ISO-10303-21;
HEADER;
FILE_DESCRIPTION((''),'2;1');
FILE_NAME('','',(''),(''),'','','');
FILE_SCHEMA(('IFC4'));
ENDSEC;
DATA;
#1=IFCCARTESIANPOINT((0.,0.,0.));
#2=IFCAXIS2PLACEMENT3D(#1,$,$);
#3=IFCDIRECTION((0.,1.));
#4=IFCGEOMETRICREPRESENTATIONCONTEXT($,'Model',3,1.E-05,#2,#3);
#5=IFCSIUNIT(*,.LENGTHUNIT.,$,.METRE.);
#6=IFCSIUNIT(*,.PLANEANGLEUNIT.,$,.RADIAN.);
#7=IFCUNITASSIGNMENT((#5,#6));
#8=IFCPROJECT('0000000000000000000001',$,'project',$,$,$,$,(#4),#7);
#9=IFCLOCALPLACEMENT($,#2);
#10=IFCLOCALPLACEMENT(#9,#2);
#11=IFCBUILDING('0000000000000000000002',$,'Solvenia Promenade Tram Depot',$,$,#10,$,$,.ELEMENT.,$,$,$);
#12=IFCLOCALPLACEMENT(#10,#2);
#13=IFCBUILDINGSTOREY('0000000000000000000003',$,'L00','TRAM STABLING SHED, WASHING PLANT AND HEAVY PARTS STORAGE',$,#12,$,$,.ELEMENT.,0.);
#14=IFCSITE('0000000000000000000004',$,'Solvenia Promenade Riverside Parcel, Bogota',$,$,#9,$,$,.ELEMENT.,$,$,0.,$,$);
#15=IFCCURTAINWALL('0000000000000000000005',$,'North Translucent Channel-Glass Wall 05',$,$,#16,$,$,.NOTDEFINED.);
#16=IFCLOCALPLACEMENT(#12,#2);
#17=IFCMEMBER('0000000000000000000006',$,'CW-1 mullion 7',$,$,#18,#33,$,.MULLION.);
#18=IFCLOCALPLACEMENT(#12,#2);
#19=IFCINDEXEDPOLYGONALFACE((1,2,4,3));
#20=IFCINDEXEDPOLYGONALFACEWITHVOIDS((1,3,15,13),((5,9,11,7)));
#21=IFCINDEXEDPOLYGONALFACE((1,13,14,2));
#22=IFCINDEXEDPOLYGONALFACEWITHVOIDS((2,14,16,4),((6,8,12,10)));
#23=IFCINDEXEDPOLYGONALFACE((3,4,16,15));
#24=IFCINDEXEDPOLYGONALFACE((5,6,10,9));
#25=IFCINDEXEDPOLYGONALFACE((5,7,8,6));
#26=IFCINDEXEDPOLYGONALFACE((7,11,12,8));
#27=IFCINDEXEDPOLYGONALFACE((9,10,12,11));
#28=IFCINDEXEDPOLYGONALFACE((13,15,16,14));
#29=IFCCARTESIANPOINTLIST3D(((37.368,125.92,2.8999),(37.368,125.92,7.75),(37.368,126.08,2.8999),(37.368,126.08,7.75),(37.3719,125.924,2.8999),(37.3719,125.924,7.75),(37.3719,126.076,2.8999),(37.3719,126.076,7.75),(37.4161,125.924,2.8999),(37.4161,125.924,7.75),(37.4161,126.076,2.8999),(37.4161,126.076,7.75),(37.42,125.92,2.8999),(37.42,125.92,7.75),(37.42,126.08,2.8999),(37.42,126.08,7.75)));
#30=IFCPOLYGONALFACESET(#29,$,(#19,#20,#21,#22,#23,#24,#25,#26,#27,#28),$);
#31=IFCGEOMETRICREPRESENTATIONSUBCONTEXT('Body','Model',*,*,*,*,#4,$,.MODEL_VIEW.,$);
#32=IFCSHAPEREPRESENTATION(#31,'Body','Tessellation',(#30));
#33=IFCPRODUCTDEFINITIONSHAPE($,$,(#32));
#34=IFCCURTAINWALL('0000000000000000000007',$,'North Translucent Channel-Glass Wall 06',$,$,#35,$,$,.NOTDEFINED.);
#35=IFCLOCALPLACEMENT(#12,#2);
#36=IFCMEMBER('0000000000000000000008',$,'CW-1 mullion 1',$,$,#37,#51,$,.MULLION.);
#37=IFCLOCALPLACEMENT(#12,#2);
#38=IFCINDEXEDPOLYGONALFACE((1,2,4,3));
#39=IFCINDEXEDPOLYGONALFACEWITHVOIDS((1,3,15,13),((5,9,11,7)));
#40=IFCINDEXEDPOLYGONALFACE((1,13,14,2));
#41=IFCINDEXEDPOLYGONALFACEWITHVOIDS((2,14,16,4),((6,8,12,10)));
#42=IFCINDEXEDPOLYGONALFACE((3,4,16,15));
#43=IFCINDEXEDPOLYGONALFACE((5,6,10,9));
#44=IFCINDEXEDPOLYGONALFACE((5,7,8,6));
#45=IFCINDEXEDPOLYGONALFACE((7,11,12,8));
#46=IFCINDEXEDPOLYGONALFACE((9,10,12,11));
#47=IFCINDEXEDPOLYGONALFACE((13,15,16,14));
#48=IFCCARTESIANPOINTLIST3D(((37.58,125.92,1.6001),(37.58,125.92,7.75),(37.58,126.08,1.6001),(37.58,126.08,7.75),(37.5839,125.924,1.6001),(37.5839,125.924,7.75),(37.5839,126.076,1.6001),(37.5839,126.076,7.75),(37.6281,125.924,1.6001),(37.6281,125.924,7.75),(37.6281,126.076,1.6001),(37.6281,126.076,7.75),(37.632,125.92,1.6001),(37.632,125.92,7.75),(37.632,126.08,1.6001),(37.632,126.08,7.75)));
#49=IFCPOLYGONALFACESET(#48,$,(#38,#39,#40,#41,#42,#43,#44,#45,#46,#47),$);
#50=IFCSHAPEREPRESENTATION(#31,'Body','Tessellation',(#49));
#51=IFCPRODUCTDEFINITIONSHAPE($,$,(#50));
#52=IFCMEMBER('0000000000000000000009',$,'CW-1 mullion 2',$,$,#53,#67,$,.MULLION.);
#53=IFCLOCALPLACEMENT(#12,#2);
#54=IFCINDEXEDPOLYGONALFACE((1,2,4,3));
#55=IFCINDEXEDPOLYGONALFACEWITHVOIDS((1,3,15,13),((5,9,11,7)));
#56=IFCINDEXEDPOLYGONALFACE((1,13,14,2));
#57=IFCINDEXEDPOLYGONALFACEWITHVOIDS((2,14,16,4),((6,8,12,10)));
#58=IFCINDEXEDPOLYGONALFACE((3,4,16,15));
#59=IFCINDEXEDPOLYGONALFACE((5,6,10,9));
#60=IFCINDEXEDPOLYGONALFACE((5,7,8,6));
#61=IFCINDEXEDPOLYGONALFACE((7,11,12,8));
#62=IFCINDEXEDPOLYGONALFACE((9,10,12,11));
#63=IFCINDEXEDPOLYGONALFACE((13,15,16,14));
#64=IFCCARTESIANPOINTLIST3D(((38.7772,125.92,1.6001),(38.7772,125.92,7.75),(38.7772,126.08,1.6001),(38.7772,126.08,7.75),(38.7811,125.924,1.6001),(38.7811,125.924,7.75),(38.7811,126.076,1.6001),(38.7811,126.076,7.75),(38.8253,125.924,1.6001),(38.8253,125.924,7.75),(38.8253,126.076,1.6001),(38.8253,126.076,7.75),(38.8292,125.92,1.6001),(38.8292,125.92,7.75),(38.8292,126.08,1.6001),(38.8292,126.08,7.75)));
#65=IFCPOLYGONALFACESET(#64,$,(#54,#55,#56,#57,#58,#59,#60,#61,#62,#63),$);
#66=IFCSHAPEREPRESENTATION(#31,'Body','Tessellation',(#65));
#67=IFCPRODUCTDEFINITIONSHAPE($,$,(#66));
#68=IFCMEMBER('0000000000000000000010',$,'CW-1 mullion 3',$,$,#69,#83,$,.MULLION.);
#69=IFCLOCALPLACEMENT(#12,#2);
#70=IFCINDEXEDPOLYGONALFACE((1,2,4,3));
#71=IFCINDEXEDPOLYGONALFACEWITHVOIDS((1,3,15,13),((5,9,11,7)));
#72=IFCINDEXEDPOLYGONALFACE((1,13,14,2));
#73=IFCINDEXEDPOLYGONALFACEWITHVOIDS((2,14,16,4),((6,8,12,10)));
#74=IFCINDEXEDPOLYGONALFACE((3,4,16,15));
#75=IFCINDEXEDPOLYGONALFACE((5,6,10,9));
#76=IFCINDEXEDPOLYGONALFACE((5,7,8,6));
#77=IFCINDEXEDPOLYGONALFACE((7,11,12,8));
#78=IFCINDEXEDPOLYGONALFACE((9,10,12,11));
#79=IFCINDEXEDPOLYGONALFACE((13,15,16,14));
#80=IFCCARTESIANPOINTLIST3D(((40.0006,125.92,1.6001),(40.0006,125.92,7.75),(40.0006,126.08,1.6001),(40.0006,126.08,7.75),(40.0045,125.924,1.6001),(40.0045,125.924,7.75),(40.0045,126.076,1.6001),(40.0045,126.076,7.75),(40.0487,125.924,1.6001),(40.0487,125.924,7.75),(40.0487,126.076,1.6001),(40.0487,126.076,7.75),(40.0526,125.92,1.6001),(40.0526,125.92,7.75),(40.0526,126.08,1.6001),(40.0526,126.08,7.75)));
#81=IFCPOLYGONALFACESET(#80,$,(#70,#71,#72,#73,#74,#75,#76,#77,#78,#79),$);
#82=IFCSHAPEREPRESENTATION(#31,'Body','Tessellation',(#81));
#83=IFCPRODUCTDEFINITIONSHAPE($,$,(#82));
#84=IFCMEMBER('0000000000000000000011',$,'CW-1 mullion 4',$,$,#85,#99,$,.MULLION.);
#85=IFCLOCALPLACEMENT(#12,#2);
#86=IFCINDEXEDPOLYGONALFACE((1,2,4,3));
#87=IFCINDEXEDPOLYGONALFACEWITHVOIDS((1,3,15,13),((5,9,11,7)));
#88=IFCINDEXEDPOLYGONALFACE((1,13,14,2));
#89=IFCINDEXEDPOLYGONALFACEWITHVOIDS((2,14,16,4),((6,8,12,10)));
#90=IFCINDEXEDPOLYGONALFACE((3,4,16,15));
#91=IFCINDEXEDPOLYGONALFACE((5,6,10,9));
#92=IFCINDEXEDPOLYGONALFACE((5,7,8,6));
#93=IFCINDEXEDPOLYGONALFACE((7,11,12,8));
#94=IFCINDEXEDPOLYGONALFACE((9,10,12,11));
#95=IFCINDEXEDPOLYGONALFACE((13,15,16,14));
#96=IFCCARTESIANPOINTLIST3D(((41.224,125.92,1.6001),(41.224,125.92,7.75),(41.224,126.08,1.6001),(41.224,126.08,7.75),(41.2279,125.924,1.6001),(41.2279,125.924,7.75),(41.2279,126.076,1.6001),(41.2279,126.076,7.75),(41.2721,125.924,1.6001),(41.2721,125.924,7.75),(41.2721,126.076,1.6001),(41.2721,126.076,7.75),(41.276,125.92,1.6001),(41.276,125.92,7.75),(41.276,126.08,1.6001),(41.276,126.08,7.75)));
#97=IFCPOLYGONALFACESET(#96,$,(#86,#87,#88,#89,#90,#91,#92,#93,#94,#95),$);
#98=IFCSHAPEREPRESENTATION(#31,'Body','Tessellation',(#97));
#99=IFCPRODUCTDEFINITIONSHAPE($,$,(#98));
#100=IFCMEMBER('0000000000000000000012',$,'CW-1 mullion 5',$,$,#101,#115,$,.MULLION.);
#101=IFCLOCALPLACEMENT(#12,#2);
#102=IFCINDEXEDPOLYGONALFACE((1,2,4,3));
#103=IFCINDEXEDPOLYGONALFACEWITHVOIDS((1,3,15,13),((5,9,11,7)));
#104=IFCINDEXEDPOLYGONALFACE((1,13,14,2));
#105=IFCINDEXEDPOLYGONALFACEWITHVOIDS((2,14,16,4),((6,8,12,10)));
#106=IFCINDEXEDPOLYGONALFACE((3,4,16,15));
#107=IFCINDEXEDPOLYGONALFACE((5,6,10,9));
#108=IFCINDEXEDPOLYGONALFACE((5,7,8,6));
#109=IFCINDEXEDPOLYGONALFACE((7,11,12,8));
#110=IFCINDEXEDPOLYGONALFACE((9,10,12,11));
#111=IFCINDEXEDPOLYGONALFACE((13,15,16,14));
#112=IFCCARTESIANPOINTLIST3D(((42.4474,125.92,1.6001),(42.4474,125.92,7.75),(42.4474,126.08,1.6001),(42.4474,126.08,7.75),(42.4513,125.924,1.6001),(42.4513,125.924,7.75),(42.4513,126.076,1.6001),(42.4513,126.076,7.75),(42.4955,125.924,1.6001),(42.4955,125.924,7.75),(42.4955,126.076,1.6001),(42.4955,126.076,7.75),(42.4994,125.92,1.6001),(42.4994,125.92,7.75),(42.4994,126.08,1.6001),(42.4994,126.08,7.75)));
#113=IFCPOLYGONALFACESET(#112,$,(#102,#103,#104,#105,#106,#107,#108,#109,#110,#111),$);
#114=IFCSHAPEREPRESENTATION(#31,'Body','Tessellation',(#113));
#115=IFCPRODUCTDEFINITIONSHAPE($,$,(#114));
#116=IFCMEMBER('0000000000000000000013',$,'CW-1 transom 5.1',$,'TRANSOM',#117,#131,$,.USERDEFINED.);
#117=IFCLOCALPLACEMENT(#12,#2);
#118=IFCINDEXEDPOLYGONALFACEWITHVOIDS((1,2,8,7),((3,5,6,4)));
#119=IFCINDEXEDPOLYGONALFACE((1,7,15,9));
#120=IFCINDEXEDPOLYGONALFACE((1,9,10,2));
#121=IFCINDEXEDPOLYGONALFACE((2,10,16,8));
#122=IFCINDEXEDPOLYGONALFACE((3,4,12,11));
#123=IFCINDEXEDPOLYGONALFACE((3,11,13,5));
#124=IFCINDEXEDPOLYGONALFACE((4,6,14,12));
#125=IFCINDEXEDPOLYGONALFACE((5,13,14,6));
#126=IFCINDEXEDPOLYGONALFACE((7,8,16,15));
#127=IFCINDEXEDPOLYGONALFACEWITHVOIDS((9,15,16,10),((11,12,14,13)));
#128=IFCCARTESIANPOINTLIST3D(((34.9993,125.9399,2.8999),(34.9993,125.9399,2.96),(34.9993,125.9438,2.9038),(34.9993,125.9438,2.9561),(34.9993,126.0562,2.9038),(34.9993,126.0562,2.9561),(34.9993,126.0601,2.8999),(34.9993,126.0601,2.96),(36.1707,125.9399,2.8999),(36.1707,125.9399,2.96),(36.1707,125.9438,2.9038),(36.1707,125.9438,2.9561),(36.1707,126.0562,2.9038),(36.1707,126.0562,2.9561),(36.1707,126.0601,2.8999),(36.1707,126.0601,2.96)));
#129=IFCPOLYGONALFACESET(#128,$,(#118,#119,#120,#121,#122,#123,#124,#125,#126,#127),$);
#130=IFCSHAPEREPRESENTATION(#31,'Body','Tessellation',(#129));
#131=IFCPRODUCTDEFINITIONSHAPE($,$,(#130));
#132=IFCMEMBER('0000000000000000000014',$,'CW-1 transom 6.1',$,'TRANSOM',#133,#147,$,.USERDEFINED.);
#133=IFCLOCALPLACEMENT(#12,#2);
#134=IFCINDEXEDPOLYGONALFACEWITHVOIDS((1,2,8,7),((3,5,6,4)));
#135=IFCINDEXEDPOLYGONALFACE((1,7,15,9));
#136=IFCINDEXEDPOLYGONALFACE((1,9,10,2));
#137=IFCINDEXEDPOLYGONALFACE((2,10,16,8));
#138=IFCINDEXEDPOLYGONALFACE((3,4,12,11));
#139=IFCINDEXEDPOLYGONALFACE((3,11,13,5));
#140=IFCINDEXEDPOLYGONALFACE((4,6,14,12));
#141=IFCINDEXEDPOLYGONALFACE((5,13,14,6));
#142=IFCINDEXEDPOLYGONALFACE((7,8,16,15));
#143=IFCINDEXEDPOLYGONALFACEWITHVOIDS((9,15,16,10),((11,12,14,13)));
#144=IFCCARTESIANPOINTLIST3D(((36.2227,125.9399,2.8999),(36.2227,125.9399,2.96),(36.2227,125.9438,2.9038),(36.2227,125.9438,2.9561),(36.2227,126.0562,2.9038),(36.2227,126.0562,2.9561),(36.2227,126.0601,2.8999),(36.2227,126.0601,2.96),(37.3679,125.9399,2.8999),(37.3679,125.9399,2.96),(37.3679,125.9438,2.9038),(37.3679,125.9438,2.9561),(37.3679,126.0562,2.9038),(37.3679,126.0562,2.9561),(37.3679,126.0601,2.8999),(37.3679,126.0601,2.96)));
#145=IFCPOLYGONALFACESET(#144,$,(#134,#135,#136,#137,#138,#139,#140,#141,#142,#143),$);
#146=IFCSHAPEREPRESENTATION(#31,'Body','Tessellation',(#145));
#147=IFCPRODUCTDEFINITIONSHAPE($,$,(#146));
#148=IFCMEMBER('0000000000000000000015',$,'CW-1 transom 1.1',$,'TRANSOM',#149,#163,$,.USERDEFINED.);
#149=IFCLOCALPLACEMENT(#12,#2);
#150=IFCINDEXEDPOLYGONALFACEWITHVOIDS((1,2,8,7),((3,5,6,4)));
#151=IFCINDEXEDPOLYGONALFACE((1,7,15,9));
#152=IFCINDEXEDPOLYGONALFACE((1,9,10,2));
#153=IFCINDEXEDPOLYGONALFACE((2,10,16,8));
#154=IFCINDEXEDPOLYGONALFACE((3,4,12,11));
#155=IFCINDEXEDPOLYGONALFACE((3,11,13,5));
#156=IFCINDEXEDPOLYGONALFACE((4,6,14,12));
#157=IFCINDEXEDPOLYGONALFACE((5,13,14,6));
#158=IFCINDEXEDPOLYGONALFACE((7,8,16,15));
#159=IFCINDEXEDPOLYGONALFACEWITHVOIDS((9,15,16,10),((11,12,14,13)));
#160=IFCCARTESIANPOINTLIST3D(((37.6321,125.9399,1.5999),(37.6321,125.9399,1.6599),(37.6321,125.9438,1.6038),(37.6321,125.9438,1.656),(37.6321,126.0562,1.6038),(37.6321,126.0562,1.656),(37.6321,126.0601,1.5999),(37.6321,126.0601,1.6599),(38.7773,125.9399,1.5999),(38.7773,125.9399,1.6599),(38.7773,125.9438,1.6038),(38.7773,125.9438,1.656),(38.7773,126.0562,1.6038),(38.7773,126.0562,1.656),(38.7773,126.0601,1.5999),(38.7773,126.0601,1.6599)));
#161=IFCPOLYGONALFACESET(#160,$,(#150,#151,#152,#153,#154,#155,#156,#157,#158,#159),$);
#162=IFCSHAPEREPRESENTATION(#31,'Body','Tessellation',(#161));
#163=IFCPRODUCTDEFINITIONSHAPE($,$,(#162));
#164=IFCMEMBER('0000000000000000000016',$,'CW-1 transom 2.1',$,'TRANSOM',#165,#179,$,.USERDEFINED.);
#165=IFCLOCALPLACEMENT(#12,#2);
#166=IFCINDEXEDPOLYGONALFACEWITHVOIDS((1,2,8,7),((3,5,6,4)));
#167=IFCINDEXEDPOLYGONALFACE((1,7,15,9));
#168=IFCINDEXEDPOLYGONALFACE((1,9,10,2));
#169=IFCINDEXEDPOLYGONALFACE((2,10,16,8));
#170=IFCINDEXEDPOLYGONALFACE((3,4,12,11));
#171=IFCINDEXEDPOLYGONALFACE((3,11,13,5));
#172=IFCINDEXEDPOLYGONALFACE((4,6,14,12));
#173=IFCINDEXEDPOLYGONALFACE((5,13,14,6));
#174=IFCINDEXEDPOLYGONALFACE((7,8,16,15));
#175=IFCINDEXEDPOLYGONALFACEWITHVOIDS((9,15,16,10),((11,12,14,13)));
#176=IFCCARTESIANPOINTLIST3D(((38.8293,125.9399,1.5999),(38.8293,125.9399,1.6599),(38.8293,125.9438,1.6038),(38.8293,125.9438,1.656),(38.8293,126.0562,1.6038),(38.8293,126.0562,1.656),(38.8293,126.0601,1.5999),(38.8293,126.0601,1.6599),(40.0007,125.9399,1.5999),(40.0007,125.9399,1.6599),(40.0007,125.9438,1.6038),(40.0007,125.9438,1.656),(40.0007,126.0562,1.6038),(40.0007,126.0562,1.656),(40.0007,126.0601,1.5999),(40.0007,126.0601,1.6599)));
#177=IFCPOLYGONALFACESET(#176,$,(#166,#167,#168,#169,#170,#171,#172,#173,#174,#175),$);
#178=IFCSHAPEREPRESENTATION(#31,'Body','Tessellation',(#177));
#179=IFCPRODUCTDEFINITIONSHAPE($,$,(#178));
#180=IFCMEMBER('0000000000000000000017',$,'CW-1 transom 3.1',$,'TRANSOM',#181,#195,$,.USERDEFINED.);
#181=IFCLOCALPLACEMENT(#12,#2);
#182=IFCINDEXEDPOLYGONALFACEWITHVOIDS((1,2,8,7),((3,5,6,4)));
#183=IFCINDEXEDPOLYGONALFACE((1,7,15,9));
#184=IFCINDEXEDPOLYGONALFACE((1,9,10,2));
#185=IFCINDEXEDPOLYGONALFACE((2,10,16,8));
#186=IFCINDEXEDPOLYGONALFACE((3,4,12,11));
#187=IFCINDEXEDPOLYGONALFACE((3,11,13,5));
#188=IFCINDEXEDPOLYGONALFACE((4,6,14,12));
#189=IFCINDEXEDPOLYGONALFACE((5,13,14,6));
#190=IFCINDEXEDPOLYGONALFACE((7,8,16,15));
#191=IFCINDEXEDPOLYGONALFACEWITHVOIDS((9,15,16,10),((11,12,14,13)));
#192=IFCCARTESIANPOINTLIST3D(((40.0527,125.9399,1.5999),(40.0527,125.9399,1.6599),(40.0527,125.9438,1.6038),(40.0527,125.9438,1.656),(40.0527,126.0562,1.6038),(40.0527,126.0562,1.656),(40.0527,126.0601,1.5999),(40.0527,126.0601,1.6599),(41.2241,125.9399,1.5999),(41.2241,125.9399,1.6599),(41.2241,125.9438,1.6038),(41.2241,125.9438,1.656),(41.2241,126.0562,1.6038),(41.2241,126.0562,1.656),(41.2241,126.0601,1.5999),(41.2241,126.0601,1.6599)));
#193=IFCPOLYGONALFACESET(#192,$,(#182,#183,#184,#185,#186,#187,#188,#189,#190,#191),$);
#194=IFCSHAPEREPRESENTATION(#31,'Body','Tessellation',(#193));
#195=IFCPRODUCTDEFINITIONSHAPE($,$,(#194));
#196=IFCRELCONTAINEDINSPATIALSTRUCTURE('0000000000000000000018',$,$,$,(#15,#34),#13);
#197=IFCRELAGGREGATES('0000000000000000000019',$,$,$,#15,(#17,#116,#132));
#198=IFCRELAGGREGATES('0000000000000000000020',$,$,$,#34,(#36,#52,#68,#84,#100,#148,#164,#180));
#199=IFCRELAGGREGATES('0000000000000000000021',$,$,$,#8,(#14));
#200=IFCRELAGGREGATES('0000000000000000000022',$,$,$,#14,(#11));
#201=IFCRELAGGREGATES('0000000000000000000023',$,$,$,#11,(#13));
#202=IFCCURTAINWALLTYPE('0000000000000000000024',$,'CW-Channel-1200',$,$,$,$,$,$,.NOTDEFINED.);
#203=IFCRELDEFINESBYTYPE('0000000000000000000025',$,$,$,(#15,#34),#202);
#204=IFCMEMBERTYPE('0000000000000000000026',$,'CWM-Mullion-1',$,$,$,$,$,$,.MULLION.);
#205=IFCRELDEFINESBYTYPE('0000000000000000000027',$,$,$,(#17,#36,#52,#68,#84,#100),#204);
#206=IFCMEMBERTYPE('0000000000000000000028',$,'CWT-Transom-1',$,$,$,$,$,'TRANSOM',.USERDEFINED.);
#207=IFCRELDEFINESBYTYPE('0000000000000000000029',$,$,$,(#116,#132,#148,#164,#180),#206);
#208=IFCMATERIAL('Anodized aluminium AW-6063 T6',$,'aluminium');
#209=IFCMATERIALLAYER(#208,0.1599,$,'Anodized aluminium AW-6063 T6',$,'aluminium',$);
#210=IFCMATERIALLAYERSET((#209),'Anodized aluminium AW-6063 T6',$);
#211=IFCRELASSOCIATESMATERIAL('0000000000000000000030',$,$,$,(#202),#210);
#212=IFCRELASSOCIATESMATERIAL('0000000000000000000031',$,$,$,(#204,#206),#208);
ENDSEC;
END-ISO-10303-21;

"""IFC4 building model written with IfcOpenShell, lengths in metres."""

from ifc_helpers import new_model, si_unit, direction, frame, origin, origin_2d, place, context, subcontext, project, spatial, hollow_rectangle, extrude, material, layer, layer_set, material_profile, profile_set, type_object, element, aggregate, save


model = new_model("IFC4")

# Units and contexts
model_context = context("Model", 3, precision=1e-05, world=origin(), true_north=direction((0.0, 1.0)))
body_context = subcontext(model_context, "Body", "Model", "MODEL_VIEW")
ifc_project = project(units=[si_unit("LENGTHUNIT", "METRE"), si_unit("PLANEANGLEUNIT", "RADIAN")], contexts=[model_context])

# Site, building, storey
site_placement = place(None, origin())
site = spatial("IfcSite", under=ifc_project, at=site_placement, Name="Solvenia Promenade Riverside Parcel, Bogota", CompositionType="ELEMENT", RefElevation=0.0)
building_placement = place(site_placement, origin())
building = spatial("IfcBuilding", under=site, at=building_placement, Name="Solvenia Promenade Tram Depot", CompositionType="ELEMENT")
storey_placement = place(building_placement, origin())
storey = spatial("IfcBuildingStorey", under=building, at=storey_placement, Name="L00", Description="TRAM STABLING SHED, WASHING PLANT AND HEAVY PARTS STORAGE", CompositionType="ELEMENT", Elevation=0.0)

# Curtain walls, members
ifc_material_1 = material(Name="Anodized aluminium AW-6063 T6", Category="aluminium")
ifc_layer_1 = layer(ifc_material_1, 0.1599, Name="Anodized aluminium AW-6063 T6", Category="aluminium")
ifc_layer_set_1 = layer_set([ifc_layer_1], Name="Anodized aluminium AW-6063 T6")
curtain_wall_type = type_object("IfcCurtainWallType", Name="CW-Channel-1200", PredefinedType="NOTDEFINED", material=ifc_layer_set_1)
curtain_wall_1_placement = place(storey_placement, origin())
curtain_wall_1 = element("IfcCurtainWall", 1, at=curtain_wall_1_placement, inside=storey, type_object=curtain_wall_type, Name="North Translucent Channel-Glass Wall 05", PredefinedType="NOTDEFINED")
ifc_material_profile_1 = material_profile(ifc_material_1, hollow_rectangle(XDim=0.1599, YDim=0.052, WallThickness=0.0039, at=origin_2d()), Name="ALU-M1", Category="aluminium")
ifc_profile_set_1 = profile_set([ifc_material_profile_1], Name="Anodized aluminium AW-6063 T6")
member_type_1 = type_object("IfcMemberType", Name="CWM-Mullion-1", PredefinedType="MULLION", material=ifc_profile_set_1)
member_1_placement = place(storey_placement, frame((37.394, 126.0, 2.8999), z_axis=(0.0, 0.0, 1.0), x_axis=(0.0, 1.0, 0.0)))
member_1 = element("IfcMember", 2, at=member_1_placement, type_object=member_type_1, Name="CW-1 mullion 7", PredefinedType="MULLION", context=body_context, shape_type="SweptSolid", body=[
    extrude(hollow_rectangle(XDim=0.1599, YDim=0.052, WallThickness=0.0039, at=origin_2d()), origin(), (0.0, 0.0, 1.0), 4.8501),
])
curtain_wall_2_placement = place(storey_placement, origin())
curtain_wall_2 = element("IfcCurtainWall", 3, at=curtain_wall_2_placement, inside=storey, type_object=curtain_wall_type, Name="North Translucent Channel-Glass Wall 06", PredefinedType="NOTDEFINED")
member_2_placement = place(storey_placement, frame((37.606, 126.0, 1.6001), z_axis=(0.0, 0.0, 1.0), x_axis=(0.0, 1.0, 0.0)))
member_2 = element("IfcMember", 4, at=member_2_placement, type_object=member_type_1, Name="CW-1 mullion 1", PredefinedType="MULLION", context=body_context, shape_type="SweptSolid", body=[
    extrude(hollow_rectangle(XDim=0.1599, YDim=0.052, WallThickness=0.0039, at=origin_2d()), origin(), (0.0, 0.0, 1.0), 6.1499),
])
member_3_placement = place(storey_placement, frame((38.8032, 126.0, 1.6001), z_axis=(0.0, 0.0, 1.0), x_axis=(0.0, 1.0, 0.0)))
member_3 = element("IfcMember", 5, at=member_3_placement, type_object=member_type_1, Name="CW-1 mullion 2", PredefinedType="MULLION", context=body_context, shape_type="SweptSolid", body=[
    extrude(hollow_rectangle(XDim=0.1599, YDim=0.052, WallThickness=0.0039, at=origin_2d()), origin(), (0.0, 0.0, 1.0), 6.1499),
])
member_4_placement = place(storey_placement, frame((40.0266, 126.0, 1.6001), z_axis=(0.0, 0.0, 1.0), x_axis=(0.0, 1.0, 0.0)))
member_4 = element("IfcMember", 6, at=member_4_placement, type_object=member_type_1, Name="CW-1 mullion 3", PredefinedType="MULLION", context=body_context, shape_type="SweptSolid", body=[
    extrude(hollow_rectangle(XDim=0.1599, YDim=0.052, WallThickness=0.0039, at=origin_2d()), origin(), (0.0, 0.0, 1.0), 6.1499),
])
member_5_placement = place(storey_placement, frame((41.25, 126.0, 1.6001), z_axis=(0.0, 0.0, 1.0), x_axis=(0.0, 1.0, 0.0)))
member_5 = element("IfcMember", 7, at=member_5_placement, type_object=member_type_1, Name="CW-1 mullion 4", PredefinedType="MULLION", context=body_context, shape_type="SweptSolid", body=[
    extrude(hollow_rectangle(XDim=0.1599, YDim=0.052, WallThickness=0.0039, at=origin_2d()), origin(), (0.0, 0.0, 1.0), 6.1499),
])
member_6_placement = place(storey_placement, frame((42.4734, 126.0, 1.6001), z_axis=(0.0, 0.0, 1.0), x_axis=(0.0, 1.0, 0.0)))
member_6 = element("IfcMember", 8, at=member_6_placement, type_object=member_type_1, Name="CW-1 mullion 5", PredefinedType="MULLION", context=body_context, shape_type="SweptSolid", body=[
    extrude(hollow_rectangle(XDim=0.1599, YDim=0.052, WallThickness=0.0039, at=origin_2d()), origin(), (0.0, 0.0, 1.0), 6.1499),
])

# Members
ifc_material_profile_2 = material_profile(ifc_material_1, hollow_rectangle(XDim=0.1201, YDim=0.0601, WallThickness=0.0039, at=origin_2d()), Name="ALU-T1", Category="aluminium")
ifc_profile_set_2 = profile_set([ifc_material_profile_2], Name="Anodized aluminium AW-6063 T6")
member_type_2 = type_object("IfcMemberType", Name="CWT-Transom-1", ElementType="TRANSOM", PredefinedType="USERDEFINED", material=ifc_profile_set_2)
member_7_placement = place(storey_placement, frame((34.9993, 126.0, 2.9299), z_axis=(1.0, 0.0, 0.0), x_axis=(0.0, 1.0, 0.0)))
member_7 = element("IfcMember", 9, at=member_7_placement, type_object=member_type_2, Name="CW-1 transom 5.1", ObjectType="TRANSOM", PredefinedType="USERDEFINED", context=body_context, shape_type="SweptSolid", body=[
    extrude(hollow_rectangle(XDim=0.1201, YDim=0.0601, WallThickness=0.0039, at=origin_2d()), origin(), (0.0, 0.0, 1.0), 1.1714),
])
member_8_placement = place(storey_placement, frame((36.2227, 126.0, 2.9299), z_axis=(1.0, 0.0, 0.0), x_axis=(0.0, 1.0, 0.0)))
member_8 = element("IfcMember", 10, at=member_8_placement, type_object=member_type_2, Name="CW-1 transom 6.1", ObjectType="TRANSOM", PredefinedType="USERDEFINED", context=body_context, shape_type="SweptSolid", body=[
    extrude(hollow_rectangle(XDim=0.1201, YDim=0.0601, WallThickness=0.0039, at=origin_2d()), origin(), (0.0, 0.0, 1.0), 1.1453),
])
member_9_placement = place(storey_placement, frame((37.6321, 126.0, 1.6299), z_axis=(1.0, 0.0, 0.0), x_axis=(0.0, 1.0, 0.0)))
member_9 = element("IfcMember", 11, at=member_9_placement, type_object=member_type_2, Name="CW-1 transom 1.1", ObjectType="TRANSOM", PredefinedType="USERDEFINED", context=body_context, shape_type="SweptSolid", body=[
    extrude(hollow_rectangle(XDim=0.1201, YDim=0.0601, WallThickness=0.0039, at=origin_2d()), origin(), (0.0, 0.0, 1.0), 1.1453),
])
member_10_placement = place(storey_placement, frame((38.8293, 126.0, 1.6299), z_axis=(1.0, 0.0, 0.0), x_axis=(0.0, 1.0, 0.0)))
member_10 = element("IfcMember", 12, at=member_10_placement, type_object=member_type_2, Name="CW-1 transom 2.1", ObjectType="TRANSOM", PredefinedType="USERDEFINED", context=body_context, shape_type="SweptSolid", body=[
    extrude(hollow_rectangle(XDim=0.1201, YDim=0.0601, WallThickness=0.0039, at=origin_2d()), origin(), (0.0, 0.0, 1.0), 1.1714),
])
member_11_placement = place(storey_placement, frame((40.0527, 126.0, 1.6299), z_axis=(1.0, 0.0, 0.0), x_axis=(0.0, 1.0, 0.0)))
member_11 = element("IfcMember", 13, at=member_11_placement, type_object=member_type_2, Name="CW-1 transom 3.1", ObjectType="TRANSOM", PredefinedType="USERDEFINED", context=body_context, shape_type="SweptSolid", body=[
    extrude(hollow_rectangle(XDim=0.1201, YDim=0.0601, WallThickness=0.0039, at=origin_2d()), origin(), (0.0, 0.0, 1.0), 1.1714),
])

aggregate(curtain_wall_1, [member_1, member_7, member_8])
aggregate(curtain_wall_2, [member_2, member_3, member_4, member_5, member_6, member_9, member_10, member_11])

save(model, "model.ifc")
